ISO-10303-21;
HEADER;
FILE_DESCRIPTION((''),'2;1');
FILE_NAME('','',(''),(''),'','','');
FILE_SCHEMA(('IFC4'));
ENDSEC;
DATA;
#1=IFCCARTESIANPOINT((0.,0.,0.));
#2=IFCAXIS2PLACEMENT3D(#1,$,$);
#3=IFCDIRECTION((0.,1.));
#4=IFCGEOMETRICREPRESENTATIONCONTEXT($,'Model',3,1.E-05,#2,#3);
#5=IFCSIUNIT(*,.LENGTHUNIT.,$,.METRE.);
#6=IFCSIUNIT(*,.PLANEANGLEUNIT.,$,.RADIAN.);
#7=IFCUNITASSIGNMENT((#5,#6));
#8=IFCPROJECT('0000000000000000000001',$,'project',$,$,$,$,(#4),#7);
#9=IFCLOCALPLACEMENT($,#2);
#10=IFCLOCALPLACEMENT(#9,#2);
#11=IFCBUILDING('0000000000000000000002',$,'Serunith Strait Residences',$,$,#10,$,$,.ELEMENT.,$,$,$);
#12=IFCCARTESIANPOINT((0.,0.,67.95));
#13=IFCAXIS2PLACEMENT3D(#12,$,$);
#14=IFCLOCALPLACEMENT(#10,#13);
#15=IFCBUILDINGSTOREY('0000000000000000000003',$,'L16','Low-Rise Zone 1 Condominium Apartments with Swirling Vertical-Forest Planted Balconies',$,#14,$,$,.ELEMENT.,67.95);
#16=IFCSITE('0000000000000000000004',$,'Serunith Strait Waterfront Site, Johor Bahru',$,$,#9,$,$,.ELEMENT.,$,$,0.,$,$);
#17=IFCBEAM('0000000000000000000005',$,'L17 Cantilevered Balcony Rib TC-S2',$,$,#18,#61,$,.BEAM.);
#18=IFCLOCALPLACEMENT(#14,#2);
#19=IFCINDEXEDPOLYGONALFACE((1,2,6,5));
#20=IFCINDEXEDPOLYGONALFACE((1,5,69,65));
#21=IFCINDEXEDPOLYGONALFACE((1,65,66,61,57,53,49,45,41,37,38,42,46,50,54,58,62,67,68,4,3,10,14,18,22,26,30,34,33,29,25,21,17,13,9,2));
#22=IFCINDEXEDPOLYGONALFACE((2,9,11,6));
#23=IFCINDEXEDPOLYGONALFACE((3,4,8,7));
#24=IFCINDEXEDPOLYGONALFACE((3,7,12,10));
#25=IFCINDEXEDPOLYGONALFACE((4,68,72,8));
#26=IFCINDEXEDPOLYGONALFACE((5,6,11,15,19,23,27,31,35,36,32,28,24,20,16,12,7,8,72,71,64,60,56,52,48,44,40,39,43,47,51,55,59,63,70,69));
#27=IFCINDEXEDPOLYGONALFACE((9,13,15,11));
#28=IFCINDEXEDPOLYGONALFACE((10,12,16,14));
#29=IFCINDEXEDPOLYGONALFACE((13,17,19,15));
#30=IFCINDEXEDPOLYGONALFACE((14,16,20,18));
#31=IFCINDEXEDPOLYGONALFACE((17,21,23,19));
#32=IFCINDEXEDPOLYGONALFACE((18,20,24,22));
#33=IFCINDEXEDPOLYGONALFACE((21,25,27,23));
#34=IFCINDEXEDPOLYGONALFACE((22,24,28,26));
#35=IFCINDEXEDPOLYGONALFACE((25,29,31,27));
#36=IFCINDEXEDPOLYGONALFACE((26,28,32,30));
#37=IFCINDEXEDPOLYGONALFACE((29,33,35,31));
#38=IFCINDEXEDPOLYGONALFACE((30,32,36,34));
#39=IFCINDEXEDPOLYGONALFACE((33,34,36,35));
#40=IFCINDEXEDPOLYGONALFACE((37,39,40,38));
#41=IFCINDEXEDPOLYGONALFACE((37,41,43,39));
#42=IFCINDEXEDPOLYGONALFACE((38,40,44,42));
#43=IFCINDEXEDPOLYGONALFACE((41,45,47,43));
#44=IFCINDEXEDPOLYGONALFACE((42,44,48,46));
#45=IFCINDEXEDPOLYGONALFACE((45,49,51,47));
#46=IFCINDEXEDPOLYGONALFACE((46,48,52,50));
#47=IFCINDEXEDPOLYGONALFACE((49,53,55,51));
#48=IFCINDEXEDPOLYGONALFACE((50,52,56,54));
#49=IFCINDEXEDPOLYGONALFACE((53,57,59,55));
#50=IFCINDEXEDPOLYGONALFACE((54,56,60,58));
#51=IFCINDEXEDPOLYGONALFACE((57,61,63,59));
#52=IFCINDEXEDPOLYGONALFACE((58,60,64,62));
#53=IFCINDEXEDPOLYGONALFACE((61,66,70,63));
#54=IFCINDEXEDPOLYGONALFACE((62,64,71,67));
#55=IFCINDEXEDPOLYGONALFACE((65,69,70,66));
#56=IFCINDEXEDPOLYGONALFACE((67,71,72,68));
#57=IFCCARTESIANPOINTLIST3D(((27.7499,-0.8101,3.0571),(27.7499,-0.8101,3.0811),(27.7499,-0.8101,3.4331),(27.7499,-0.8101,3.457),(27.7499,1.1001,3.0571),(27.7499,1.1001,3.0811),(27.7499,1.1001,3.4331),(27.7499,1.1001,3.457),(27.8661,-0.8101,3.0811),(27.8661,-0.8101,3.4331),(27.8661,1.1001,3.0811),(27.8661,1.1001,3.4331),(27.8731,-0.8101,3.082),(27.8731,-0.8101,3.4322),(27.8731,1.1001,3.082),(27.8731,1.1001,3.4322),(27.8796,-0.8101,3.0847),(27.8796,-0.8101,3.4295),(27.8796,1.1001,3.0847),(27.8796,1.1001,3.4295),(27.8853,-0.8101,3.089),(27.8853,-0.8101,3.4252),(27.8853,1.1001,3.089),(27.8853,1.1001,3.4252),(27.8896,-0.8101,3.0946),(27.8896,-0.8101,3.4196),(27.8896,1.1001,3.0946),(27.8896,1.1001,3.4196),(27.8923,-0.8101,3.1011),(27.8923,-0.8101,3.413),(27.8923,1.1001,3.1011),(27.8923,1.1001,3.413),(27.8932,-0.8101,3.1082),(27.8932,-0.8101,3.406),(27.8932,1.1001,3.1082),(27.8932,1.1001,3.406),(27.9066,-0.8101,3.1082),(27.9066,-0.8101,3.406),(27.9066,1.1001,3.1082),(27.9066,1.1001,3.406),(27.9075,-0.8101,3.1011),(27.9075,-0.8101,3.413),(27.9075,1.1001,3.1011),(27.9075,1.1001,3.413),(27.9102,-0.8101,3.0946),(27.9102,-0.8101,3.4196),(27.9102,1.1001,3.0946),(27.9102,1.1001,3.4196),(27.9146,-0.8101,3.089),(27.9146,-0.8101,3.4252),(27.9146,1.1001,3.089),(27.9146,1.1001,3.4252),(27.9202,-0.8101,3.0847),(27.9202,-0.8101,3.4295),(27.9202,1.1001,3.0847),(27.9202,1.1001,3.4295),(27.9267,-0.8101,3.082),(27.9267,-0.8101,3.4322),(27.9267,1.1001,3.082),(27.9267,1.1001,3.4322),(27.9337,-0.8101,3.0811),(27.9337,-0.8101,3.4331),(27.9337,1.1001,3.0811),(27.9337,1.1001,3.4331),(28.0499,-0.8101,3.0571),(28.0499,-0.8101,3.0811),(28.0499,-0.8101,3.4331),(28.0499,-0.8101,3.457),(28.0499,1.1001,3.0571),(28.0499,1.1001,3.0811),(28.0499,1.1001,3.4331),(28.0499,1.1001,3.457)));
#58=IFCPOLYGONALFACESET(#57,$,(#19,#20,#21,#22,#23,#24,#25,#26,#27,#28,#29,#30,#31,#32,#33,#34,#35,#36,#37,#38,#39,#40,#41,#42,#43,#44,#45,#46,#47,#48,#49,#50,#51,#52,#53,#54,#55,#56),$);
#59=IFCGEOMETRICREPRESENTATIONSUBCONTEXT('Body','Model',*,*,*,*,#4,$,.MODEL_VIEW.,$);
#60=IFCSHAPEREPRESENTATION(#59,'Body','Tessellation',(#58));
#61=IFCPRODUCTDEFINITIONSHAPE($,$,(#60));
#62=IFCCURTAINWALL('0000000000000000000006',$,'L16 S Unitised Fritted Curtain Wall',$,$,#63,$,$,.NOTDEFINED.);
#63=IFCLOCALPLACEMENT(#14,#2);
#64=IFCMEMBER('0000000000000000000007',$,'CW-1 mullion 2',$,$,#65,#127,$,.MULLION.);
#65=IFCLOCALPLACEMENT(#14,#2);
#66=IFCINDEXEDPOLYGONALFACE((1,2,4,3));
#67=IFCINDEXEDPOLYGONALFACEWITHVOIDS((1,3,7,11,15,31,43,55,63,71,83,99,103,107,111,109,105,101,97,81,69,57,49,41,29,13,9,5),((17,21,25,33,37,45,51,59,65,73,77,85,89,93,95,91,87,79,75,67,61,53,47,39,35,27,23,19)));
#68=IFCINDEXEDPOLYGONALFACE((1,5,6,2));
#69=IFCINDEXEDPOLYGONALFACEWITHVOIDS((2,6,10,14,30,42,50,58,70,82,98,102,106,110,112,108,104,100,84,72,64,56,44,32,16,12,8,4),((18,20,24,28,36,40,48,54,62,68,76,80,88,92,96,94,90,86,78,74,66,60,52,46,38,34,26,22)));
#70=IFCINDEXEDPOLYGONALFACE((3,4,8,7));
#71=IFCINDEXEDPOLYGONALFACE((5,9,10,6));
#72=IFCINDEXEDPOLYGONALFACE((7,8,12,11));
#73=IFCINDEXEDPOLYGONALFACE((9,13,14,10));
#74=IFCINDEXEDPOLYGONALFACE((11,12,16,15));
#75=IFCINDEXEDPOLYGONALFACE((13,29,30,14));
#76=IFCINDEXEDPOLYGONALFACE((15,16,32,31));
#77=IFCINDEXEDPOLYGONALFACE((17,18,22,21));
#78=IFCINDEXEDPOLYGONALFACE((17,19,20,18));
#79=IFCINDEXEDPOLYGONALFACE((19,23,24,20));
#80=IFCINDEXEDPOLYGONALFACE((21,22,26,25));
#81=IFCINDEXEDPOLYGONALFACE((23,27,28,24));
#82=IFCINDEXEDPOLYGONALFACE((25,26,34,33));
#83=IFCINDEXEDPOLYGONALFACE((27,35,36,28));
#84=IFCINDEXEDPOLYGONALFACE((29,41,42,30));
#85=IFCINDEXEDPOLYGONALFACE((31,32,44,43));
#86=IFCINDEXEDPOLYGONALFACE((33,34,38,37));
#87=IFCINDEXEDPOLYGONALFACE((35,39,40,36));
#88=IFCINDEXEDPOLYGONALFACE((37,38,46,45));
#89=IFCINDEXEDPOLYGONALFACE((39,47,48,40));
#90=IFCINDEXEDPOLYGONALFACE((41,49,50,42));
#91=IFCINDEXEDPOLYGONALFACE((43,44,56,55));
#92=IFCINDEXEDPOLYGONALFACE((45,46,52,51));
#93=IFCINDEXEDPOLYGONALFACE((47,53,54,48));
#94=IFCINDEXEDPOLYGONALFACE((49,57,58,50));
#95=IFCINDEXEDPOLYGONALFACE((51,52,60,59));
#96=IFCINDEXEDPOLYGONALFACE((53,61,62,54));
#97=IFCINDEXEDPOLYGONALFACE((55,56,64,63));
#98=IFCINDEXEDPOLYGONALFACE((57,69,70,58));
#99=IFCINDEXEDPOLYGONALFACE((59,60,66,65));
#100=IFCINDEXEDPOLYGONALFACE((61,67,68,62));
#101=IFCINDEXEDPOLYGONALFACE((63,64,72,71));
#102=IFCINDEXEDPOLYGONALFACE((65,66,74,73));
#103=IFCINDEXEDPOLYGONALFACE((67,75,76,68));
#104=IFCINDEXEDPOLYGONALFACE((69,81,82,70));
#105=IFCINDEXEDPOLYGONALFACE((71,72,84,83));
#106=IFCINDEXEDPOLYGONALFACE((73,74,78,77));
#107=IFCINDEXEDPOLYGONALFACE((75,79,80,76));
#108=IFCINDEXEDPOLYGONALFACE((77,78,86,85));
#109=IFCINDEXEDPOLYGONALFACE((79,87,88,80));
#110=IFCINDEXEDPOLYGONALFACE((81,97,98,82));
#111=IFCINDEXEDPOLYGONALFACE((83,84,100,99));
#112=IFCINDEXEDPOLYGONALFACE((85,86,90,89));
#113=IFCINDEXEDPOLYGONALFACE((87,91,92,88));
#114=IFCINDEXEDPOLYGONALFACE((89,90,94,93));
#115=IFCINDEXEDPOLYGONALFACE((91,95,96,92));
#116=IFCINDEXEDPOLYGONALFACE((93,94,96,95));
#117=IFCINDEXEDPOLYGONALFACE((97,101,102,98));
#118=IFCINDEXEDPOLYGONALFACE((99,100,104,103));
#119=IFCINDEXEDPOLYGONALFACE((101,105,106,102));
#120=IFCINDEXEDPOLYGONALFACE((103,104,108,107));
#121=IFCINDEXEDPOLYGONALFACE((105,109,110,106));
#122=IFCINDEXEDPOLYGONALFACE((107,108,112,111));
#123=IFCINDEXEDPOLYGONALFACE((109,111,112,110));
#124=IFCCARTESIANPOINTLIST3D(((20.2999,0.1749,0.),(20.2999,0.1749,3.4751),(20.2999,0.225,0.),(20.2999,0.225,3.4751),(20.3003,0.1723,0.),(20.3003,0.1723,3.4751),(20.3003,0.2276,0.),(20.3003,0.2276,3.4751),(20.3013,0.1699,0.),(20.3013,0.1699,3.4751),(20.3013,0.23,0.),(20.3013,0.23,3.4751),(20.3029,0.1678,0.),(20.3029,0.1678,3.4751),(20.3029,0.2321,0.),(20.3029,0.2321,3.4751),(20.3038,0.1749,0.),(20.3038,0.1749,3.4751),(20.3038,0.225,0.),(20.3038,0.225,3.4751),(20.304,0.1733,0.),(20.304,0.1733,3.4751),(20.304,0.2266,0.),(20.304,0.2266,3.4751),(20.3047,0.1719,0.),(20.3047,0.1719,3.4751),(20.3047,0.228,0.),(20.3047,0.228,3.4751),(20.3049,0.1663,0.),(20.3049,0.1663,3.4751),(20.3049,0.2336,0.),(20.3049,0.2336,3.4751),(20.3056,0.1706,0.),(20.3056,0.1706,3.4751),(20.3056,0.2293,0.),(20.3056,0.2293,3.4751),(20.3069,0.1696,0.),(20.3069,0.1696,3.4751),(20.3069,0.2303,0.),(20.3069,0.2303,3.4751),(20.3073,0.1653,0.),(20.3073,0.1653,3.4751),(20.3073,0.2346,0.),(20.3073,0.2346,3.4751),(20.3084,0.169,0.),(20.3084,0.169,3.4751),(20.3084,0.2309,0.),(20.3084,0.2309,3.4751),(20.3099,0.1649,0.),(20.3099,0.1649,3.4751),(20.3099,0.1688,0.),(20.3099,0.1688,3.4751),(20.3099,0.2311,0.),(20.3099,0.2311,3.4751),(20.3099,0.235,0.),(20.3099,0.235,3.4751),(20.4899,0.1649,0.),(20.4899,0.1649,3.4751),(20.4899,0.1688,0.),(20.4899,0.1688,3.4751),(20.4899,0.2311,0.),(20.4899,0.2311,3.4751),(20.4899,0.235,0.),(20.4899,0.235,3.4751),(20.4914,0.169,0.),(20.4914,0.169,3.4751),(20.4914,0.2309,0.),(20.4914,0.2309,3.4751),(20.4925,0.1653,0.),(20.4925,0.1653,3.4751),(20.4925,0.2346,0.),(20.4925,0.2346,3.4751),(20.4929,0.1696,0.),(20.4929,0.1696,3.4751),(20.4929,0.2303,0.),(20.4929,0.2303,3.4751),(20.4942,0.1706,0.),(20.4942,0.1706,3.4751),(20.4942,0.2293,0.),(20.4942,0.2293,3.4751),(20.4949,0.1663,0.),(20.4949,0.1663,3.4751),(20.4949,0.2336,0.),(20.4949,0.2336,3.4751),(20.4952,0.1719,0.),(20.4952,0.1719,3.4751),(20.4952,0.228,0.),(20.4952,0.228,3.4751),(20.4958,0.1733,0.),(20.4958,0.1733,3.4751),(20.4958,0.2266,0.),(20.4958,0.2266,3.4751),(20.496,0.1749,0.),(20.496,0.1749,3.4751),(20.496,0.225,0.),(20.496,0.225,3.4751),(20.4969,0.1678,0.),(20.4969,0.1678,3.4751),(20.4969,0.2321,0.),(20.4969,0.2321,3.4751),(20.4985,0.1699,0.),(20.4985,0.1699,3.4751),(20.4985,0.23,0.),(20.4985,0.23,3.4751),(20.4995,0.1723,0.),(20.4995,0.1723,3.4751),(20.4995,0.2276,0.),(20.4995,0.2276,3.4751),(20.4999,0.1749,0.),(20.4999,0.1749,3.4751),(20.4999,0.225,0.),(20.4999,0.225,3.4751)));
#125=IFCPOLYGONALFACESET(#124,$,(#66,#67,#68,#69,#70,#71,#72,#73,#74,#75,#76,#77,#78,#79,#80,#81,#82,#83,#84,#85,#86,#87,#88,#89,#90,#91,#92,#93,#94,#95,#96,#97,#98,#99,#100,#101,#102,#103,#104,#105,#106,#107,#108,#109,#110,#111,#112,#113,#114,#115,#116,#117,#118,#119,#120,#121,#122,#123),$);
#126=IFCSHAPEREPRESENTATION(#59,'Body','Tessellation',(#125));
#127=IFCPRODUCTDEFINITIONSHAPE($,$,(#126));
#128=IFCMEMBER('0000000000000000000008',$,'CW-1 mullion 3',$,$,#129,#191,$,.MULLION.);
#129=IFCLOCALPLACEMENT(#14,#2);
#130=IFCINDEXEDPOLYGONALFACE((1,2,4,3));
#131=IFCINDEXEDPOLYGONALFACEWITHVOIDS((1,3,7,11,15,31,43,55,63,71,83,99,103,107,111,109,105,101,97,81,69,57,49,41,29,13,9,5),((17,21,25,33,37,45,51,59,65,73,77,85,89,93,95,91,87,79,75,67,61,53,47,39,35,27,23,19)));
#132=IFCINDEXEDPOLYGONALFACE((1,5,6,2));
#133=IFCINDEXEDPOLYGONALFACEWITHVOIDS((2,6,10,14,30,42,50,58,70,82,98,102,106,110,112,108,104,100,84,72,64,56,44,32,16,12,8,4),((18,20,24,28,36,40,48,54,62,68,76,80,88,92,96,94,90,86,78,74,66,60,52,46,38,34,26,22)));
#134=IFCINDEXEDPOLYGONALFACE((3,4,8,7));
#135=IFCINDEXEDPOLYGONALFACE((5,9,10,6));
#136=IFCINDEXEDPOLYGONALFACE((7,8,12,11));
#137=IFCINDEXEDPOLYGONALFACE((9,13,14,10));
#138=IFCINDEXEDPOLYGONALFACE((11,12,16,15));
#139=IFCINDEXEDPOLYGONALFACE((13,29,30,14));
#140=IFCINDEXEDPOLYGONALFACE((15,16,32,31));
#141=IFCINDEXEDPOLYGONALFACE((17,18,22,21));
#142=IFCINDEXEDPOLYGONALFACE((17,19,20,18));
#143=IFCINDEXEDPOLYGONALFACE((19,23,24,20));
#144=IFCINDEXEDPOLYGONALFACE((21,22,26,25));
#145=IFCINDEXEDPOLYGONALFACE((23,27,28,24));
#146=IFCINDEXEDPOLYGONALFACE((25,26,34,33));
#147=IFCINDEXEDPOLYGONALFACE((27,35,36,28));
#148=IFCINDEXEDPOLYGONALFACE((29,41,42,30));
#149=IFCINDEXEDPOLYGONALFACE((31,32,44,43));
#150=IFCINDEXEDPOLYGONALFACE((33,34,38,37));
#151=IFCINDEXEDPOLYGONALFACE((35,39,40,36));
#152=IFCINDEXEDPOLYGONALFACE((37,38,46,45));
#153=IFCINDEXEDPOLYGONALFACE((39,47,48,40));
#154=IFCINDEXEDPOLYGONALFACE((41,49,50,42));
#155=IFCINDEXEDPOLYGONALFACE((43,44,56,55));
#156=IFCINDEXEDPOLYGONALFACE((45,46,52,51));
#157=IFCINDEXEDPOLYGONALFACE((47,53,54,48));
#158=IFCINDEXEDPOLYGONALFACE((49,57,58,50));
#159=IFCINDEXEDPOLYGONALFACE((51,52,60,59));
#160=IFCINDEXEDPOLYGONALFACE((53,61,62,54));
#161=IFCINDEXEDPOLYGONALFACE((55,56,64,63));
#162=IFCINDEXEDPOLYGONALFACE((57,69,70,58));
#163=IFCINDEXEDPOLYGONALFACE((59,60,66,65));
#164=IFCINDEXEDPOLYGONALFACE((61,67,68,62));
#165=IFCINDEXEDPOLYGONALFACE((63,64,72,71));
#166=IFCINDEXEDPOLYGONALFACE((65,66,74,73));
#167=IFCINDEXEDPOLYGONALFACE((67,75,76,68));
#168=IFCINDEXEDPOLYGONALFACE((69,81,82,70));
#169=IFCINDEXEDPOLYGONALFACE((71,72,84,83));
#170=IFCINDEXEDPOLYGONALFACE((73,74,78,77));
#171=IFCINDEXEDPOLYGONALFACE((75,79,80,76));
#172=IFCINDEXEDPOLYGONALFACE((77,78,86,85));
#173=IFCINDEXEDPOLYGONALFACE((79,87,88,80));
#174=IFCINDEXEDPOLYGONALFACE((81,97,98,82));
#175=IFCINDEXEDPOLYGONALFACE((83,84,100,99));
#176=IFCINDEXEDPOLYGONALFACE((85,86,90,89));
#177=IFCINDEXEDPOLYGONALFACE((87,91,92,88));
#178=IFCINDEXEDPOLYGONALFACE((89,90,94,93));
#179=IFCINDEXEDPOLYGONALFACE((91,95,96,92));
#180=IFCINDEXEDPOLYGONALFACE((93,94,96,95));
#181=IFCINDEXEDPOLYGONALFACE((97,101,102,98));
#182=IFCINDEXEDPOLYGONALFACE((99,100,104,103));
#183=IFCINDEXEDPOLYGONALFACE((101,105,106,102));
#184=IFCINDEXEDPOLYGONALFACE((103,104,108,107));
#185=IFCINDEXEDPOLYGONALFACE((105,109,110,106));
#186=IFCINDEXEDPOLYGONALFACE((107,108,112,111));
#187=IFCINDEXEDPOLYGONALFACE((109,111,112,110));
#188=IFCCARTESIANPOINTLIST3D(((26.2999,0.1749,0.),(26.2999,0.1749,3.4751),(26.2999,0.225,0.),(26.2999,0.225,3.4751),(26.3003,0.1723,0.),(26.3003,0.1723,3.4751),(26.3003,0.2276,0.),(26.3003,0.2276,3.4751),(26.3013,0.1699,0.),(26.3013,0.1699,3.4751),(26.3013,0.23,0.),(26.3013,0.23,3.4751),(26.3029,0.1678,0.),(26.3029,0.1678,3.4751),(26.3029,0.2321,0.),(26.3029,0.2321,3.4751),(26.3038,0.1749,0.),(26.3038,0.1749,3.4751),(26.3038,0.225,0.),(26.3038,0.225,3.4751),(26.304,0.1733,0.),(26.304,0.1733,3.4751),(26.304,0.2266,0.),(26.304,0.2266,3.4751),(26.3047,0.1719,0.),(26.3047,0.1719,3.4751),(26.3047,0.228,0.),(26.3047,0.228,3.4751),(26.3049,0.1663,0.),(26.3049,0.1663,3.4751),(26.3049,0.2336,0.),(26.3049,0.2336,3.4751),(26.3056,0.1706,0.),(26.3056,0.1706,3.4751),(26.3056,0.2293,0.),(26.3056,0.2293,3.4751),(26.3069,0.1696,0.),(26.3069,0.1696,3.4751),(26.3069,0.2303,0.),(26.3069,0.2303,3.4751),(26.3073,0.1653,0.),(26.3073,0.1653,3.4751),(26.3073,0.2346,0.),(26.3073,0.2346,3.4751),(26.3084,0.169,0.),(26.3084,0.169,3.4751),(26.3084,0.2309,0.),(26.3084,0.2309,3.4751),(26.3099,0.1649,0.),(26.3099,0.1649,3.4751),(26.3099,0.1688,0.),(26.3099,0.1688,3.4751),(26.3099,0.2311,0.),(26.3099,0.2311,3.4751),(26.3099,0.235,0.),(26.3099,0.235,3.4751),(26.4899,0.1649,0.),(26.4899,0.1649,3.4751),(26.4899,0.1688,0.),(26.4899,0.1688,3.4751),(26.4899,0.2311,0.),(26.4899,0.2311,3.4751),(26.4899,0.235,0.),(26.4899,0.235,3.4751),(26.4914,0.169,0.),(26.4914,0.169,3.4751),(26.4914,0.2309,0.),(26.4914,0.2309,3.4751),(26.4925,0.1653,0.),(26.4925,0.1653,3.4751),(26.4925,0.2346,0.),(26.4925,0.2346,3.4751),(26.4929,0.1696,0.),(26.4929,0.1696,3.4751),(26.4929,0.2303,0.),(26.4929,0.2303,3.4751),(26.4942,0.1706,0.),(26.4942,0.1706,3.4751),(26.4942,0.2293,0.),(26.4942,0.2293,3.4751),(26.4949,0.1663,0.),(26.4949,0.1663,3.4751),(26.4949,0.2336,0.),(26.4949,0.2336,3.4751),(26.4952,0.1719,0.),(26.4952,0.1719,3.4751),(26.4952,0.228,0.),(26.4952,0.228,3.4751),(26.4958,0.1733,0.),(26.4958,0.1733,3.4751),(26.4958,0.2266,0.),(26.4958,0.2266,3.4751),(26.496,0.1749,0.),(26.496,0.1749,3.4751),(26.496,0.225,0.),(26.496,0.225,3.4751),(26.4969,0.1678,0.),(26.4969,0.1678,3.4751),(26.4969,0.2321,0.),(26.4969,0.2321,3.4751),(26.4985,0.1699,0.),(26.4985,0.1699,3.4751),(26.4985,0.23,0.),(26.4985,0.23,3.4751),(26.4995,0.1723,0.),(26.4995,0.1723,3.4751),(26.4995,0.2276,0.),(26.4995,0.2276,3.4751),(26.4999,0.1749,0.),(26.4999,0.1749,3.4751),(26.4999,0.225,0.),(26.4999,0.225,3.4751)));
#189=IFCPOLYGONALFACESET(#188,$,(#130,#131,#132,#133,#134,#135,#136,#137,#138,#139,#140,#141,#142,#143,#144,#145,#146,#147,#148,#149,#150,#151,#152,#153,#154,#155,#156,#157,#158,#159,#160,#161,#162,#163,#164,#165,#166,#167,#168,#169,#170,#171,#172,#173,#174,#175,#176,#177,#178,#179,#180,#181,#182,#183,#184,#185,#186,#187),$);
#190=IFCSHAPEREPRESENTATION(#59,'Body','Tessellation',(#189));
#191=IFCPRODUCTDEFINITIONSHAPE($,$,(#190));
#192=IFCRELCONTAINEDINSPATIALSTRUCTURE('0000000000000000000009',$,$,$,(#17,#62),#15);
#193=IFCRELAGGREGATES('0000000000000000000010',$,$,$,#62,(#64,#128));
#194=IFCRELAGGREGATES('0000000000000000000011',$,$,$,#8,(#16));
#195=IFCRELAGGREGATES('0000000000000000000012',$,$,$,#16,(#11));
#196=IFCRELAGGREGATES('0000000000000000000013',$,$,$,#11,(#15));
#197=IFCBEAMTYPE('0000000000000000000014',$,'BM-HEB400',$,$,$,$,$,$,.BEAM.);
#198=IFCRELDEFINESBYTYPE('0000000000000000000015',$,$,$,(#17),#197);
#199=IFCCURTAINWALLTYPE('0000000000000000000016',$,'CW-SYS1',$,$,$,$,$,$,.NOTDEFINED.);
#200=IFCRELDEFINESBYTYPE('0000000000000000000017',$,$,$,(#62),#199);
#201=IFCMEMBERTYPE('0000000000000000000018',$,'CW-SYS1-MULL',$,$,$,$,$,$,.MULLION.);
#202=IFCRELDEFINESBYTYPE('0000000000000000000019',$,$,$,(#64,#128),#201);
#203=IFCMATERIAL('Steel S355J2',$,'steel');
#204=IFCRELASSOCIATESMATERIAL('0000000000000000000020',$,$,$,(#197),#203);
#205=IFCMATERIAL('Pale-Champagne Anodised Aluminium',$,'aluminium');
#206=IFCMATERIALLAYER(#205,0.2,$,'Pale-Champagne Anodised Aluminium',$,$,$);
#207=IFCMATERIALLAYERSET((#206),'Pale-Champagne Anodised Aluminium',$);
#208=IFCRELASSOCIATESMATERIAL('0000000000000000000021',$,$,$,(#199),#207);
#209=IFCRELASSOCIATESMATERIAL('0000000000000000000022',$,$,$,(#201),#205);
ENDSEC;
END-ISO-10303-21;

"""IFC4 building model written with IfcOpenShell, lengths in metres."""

from ifc_helpers import new_model, si_unit, direction, frame, origin, origin_2d, place, context, subcontext, project, spatial, hollow_rectangle, i_section, extrude, source, transform, mapped, material, layer, layer_set, material_profile, profile_set, type_object, element, aggregate, save


model = new_model("IFC4")

# Units and contexts
model_context = context("Model", 3, precision=1e-05, world=origin(), true_north=direction((0.0, 1.0)))
body_context = subcontext(model_context, "Body", "Model", "MODEL_VIEW")
ifc_project = project(units=[si_unit("LENGTHUNIT", "METRE"), si_unit("PLANEANGLEUNIT", "RADIAN")], contexts=[model_context])

# Site, building, storey
site_placement = place(None, origin())
site = spatial("IfcSite", under=ifc_project, at=site_placement, Name="Serunith Strait Waterfront Site, Johor Bahru", CompositionType="ELEMENT", RefElevation=0.0)
building_placement = place(site_placement, origin())
building = spatial("IfcBuilding", under=site, at=building_placement, Name="Serunith Strait Residences", CompositionType="ELEMENT")
storey_placement = place(building_placement, frame((0.0, 0.0, 67.95)))
storey = spatial("IfcBuildingStorey", under=building, at=storey_placement, Name="L16", Description="Low-Rise Zone 1 Condominium Apartments with Swirling Vertical-Forest Planted Balconies", CompositionType="ELEMENT", Elevation=67.95)

# Beam
ifc_material_1 = material(Name="Steel S355J2", Category="steel")
ifc_material_profile_1 = material_profile(ifc_material_1, i_section(OverallWidth=0.3, OverallDepth=0.3999, WebThickness=0.0134, FlangeThickness=0.0239, FilletRadius=0.0271, at=origin_2d()), Name="HEB 400")
ifc_profile_set_1 = profile_set([ifc_material_profile_1], Name="Steel S355J2")
beam_type_1 = type_object("IfcBeamType", Name="BM-HEB400", PredefinedType="BEAM", material=ifc_profile_set_1)
shared_shape_1 = source(origin(), body_context, "Body", "SweptSolid", [
    extrude(i_section(OverallWidth=0.3, OverallDepth=0.3999, WebThickness=0.0134, FlangeThickness=0.0239, FilletRadius=0.0271, at=origin_2d()), origin(), (0.0, 0.0, 1.0), 1.9102),
])
beam_1_placement = place(storey_placement, frame((27.8999, 1.1001, 3.2571), z_axis=(0.0, -1.0, 0.0), x_axis=(1.0, 0.0, 0.0)))
element("IfcBeam", 1, at=beam_1_placement, inside=storey, type_object=beam_type_1, Name="L17 Cantilevered Balcony Rib TC-S2", PredefinedType="BEAM", context=body_context, shape_type="MappedRepresentation", body=[
    mapped(shared_shape_1, transform((0.0, 0.0, 0.0), scale=1.0)),
])

# Curtain wall, members
ifc_material_2 = material(Name="Pale-Champagne Anodised Aluminium", Category="aluminium")
ifc_layer_1 = layer(ifc_material_2, 0.2, Name="Pale-Champagne Anodised Aluminium")
ifc_layer_set_1 = layer_set([ifc_layer_1], Name="Pale-Champagne Anodised Aluminium")
curtain_wall_type = type_object("IfcCurtainWallType", Name="CW-SYS1", PredefinedType="NOTDEFINED", material=ifc_layer_set_1)
curtain_wall_placement = place(storey_placement, origin())
curtain_wall = element("IfcCurtainWall", 2, at=curtain_wall_placement, inside=storey, type_object=curtain_wall_type, Name="L16 S Unitised Fritted Curtain Wall", PredefinedType="NOTDEFINED")
ifc_material_profile_2 = material_profile(ifc_material_2, hollow_rectangle(XDim=0.0701, YDim=0.2, WallThickness=0.0039, InnerFilletRadius=0.0061, OuterFilletRadius=0.01, at=origin_2d()), Name="ALU 200x70x4")
ifc_profile_set_2 = profile_set([ifc_material_profile_2], Name="Pale-Champagne Anodised Aluminium")
member_type_1 = type_object("IfcMemberType", Name="CW-SYS1-MULL", PredefinedType="MULLION", material=ifc_profile_set_2)
shared_shape_2 = source(origin(), body_context, "Body", "SweptSolid", [
    extrude(hollow_rectangle(XDim=0.0701, YDim=0.2, WallThickness=0.0039, InnerFilletRadius=0.0061, OuterFilletRadius=0.01, at=origin_2d()), origin(), (0.0, 0.0, 1.0), 3.4751),
])
member_1_placement = place(storey_placement, frame((20.3999, 0.2, 0.0), z_axis=(0.0, 0.0, 1.0), x_axis=(0.0, 1.0, 0.0)))
member_1 = element("IfcMember", 3, at=member_1_placement, type_object=member_type_1, Name="CW-1 mullion 2", PredefinedType="MULLION", context=body_context, shape_type="MappedRepresentation", body=[
    mapped(shared_shape_2, transform((0.0, 0.0, 0.0), scale=1.0)),
])
member_2_placement = place(storey_placement, frame((26.3999, 0.2, 0.0), z_axis=(0.0, 0.0, 1.0), x_axis=(0.0, 1.0, 0.0)))
member_2 = element("IfcMember", 4, at=member_2_placement, type_object=member_type_1, Name="CW-1 mullion 3", PredefinedType="MULLION", context=body_context, shape_type="MappedRepresentation", body=[
    mapped(shared_shape_2, transform((0.0, 0.0, 0.0), scale=1.0)),
])
aggregate(curtain_wall, [member_1, member_2])

save(model, "model.ifc")
